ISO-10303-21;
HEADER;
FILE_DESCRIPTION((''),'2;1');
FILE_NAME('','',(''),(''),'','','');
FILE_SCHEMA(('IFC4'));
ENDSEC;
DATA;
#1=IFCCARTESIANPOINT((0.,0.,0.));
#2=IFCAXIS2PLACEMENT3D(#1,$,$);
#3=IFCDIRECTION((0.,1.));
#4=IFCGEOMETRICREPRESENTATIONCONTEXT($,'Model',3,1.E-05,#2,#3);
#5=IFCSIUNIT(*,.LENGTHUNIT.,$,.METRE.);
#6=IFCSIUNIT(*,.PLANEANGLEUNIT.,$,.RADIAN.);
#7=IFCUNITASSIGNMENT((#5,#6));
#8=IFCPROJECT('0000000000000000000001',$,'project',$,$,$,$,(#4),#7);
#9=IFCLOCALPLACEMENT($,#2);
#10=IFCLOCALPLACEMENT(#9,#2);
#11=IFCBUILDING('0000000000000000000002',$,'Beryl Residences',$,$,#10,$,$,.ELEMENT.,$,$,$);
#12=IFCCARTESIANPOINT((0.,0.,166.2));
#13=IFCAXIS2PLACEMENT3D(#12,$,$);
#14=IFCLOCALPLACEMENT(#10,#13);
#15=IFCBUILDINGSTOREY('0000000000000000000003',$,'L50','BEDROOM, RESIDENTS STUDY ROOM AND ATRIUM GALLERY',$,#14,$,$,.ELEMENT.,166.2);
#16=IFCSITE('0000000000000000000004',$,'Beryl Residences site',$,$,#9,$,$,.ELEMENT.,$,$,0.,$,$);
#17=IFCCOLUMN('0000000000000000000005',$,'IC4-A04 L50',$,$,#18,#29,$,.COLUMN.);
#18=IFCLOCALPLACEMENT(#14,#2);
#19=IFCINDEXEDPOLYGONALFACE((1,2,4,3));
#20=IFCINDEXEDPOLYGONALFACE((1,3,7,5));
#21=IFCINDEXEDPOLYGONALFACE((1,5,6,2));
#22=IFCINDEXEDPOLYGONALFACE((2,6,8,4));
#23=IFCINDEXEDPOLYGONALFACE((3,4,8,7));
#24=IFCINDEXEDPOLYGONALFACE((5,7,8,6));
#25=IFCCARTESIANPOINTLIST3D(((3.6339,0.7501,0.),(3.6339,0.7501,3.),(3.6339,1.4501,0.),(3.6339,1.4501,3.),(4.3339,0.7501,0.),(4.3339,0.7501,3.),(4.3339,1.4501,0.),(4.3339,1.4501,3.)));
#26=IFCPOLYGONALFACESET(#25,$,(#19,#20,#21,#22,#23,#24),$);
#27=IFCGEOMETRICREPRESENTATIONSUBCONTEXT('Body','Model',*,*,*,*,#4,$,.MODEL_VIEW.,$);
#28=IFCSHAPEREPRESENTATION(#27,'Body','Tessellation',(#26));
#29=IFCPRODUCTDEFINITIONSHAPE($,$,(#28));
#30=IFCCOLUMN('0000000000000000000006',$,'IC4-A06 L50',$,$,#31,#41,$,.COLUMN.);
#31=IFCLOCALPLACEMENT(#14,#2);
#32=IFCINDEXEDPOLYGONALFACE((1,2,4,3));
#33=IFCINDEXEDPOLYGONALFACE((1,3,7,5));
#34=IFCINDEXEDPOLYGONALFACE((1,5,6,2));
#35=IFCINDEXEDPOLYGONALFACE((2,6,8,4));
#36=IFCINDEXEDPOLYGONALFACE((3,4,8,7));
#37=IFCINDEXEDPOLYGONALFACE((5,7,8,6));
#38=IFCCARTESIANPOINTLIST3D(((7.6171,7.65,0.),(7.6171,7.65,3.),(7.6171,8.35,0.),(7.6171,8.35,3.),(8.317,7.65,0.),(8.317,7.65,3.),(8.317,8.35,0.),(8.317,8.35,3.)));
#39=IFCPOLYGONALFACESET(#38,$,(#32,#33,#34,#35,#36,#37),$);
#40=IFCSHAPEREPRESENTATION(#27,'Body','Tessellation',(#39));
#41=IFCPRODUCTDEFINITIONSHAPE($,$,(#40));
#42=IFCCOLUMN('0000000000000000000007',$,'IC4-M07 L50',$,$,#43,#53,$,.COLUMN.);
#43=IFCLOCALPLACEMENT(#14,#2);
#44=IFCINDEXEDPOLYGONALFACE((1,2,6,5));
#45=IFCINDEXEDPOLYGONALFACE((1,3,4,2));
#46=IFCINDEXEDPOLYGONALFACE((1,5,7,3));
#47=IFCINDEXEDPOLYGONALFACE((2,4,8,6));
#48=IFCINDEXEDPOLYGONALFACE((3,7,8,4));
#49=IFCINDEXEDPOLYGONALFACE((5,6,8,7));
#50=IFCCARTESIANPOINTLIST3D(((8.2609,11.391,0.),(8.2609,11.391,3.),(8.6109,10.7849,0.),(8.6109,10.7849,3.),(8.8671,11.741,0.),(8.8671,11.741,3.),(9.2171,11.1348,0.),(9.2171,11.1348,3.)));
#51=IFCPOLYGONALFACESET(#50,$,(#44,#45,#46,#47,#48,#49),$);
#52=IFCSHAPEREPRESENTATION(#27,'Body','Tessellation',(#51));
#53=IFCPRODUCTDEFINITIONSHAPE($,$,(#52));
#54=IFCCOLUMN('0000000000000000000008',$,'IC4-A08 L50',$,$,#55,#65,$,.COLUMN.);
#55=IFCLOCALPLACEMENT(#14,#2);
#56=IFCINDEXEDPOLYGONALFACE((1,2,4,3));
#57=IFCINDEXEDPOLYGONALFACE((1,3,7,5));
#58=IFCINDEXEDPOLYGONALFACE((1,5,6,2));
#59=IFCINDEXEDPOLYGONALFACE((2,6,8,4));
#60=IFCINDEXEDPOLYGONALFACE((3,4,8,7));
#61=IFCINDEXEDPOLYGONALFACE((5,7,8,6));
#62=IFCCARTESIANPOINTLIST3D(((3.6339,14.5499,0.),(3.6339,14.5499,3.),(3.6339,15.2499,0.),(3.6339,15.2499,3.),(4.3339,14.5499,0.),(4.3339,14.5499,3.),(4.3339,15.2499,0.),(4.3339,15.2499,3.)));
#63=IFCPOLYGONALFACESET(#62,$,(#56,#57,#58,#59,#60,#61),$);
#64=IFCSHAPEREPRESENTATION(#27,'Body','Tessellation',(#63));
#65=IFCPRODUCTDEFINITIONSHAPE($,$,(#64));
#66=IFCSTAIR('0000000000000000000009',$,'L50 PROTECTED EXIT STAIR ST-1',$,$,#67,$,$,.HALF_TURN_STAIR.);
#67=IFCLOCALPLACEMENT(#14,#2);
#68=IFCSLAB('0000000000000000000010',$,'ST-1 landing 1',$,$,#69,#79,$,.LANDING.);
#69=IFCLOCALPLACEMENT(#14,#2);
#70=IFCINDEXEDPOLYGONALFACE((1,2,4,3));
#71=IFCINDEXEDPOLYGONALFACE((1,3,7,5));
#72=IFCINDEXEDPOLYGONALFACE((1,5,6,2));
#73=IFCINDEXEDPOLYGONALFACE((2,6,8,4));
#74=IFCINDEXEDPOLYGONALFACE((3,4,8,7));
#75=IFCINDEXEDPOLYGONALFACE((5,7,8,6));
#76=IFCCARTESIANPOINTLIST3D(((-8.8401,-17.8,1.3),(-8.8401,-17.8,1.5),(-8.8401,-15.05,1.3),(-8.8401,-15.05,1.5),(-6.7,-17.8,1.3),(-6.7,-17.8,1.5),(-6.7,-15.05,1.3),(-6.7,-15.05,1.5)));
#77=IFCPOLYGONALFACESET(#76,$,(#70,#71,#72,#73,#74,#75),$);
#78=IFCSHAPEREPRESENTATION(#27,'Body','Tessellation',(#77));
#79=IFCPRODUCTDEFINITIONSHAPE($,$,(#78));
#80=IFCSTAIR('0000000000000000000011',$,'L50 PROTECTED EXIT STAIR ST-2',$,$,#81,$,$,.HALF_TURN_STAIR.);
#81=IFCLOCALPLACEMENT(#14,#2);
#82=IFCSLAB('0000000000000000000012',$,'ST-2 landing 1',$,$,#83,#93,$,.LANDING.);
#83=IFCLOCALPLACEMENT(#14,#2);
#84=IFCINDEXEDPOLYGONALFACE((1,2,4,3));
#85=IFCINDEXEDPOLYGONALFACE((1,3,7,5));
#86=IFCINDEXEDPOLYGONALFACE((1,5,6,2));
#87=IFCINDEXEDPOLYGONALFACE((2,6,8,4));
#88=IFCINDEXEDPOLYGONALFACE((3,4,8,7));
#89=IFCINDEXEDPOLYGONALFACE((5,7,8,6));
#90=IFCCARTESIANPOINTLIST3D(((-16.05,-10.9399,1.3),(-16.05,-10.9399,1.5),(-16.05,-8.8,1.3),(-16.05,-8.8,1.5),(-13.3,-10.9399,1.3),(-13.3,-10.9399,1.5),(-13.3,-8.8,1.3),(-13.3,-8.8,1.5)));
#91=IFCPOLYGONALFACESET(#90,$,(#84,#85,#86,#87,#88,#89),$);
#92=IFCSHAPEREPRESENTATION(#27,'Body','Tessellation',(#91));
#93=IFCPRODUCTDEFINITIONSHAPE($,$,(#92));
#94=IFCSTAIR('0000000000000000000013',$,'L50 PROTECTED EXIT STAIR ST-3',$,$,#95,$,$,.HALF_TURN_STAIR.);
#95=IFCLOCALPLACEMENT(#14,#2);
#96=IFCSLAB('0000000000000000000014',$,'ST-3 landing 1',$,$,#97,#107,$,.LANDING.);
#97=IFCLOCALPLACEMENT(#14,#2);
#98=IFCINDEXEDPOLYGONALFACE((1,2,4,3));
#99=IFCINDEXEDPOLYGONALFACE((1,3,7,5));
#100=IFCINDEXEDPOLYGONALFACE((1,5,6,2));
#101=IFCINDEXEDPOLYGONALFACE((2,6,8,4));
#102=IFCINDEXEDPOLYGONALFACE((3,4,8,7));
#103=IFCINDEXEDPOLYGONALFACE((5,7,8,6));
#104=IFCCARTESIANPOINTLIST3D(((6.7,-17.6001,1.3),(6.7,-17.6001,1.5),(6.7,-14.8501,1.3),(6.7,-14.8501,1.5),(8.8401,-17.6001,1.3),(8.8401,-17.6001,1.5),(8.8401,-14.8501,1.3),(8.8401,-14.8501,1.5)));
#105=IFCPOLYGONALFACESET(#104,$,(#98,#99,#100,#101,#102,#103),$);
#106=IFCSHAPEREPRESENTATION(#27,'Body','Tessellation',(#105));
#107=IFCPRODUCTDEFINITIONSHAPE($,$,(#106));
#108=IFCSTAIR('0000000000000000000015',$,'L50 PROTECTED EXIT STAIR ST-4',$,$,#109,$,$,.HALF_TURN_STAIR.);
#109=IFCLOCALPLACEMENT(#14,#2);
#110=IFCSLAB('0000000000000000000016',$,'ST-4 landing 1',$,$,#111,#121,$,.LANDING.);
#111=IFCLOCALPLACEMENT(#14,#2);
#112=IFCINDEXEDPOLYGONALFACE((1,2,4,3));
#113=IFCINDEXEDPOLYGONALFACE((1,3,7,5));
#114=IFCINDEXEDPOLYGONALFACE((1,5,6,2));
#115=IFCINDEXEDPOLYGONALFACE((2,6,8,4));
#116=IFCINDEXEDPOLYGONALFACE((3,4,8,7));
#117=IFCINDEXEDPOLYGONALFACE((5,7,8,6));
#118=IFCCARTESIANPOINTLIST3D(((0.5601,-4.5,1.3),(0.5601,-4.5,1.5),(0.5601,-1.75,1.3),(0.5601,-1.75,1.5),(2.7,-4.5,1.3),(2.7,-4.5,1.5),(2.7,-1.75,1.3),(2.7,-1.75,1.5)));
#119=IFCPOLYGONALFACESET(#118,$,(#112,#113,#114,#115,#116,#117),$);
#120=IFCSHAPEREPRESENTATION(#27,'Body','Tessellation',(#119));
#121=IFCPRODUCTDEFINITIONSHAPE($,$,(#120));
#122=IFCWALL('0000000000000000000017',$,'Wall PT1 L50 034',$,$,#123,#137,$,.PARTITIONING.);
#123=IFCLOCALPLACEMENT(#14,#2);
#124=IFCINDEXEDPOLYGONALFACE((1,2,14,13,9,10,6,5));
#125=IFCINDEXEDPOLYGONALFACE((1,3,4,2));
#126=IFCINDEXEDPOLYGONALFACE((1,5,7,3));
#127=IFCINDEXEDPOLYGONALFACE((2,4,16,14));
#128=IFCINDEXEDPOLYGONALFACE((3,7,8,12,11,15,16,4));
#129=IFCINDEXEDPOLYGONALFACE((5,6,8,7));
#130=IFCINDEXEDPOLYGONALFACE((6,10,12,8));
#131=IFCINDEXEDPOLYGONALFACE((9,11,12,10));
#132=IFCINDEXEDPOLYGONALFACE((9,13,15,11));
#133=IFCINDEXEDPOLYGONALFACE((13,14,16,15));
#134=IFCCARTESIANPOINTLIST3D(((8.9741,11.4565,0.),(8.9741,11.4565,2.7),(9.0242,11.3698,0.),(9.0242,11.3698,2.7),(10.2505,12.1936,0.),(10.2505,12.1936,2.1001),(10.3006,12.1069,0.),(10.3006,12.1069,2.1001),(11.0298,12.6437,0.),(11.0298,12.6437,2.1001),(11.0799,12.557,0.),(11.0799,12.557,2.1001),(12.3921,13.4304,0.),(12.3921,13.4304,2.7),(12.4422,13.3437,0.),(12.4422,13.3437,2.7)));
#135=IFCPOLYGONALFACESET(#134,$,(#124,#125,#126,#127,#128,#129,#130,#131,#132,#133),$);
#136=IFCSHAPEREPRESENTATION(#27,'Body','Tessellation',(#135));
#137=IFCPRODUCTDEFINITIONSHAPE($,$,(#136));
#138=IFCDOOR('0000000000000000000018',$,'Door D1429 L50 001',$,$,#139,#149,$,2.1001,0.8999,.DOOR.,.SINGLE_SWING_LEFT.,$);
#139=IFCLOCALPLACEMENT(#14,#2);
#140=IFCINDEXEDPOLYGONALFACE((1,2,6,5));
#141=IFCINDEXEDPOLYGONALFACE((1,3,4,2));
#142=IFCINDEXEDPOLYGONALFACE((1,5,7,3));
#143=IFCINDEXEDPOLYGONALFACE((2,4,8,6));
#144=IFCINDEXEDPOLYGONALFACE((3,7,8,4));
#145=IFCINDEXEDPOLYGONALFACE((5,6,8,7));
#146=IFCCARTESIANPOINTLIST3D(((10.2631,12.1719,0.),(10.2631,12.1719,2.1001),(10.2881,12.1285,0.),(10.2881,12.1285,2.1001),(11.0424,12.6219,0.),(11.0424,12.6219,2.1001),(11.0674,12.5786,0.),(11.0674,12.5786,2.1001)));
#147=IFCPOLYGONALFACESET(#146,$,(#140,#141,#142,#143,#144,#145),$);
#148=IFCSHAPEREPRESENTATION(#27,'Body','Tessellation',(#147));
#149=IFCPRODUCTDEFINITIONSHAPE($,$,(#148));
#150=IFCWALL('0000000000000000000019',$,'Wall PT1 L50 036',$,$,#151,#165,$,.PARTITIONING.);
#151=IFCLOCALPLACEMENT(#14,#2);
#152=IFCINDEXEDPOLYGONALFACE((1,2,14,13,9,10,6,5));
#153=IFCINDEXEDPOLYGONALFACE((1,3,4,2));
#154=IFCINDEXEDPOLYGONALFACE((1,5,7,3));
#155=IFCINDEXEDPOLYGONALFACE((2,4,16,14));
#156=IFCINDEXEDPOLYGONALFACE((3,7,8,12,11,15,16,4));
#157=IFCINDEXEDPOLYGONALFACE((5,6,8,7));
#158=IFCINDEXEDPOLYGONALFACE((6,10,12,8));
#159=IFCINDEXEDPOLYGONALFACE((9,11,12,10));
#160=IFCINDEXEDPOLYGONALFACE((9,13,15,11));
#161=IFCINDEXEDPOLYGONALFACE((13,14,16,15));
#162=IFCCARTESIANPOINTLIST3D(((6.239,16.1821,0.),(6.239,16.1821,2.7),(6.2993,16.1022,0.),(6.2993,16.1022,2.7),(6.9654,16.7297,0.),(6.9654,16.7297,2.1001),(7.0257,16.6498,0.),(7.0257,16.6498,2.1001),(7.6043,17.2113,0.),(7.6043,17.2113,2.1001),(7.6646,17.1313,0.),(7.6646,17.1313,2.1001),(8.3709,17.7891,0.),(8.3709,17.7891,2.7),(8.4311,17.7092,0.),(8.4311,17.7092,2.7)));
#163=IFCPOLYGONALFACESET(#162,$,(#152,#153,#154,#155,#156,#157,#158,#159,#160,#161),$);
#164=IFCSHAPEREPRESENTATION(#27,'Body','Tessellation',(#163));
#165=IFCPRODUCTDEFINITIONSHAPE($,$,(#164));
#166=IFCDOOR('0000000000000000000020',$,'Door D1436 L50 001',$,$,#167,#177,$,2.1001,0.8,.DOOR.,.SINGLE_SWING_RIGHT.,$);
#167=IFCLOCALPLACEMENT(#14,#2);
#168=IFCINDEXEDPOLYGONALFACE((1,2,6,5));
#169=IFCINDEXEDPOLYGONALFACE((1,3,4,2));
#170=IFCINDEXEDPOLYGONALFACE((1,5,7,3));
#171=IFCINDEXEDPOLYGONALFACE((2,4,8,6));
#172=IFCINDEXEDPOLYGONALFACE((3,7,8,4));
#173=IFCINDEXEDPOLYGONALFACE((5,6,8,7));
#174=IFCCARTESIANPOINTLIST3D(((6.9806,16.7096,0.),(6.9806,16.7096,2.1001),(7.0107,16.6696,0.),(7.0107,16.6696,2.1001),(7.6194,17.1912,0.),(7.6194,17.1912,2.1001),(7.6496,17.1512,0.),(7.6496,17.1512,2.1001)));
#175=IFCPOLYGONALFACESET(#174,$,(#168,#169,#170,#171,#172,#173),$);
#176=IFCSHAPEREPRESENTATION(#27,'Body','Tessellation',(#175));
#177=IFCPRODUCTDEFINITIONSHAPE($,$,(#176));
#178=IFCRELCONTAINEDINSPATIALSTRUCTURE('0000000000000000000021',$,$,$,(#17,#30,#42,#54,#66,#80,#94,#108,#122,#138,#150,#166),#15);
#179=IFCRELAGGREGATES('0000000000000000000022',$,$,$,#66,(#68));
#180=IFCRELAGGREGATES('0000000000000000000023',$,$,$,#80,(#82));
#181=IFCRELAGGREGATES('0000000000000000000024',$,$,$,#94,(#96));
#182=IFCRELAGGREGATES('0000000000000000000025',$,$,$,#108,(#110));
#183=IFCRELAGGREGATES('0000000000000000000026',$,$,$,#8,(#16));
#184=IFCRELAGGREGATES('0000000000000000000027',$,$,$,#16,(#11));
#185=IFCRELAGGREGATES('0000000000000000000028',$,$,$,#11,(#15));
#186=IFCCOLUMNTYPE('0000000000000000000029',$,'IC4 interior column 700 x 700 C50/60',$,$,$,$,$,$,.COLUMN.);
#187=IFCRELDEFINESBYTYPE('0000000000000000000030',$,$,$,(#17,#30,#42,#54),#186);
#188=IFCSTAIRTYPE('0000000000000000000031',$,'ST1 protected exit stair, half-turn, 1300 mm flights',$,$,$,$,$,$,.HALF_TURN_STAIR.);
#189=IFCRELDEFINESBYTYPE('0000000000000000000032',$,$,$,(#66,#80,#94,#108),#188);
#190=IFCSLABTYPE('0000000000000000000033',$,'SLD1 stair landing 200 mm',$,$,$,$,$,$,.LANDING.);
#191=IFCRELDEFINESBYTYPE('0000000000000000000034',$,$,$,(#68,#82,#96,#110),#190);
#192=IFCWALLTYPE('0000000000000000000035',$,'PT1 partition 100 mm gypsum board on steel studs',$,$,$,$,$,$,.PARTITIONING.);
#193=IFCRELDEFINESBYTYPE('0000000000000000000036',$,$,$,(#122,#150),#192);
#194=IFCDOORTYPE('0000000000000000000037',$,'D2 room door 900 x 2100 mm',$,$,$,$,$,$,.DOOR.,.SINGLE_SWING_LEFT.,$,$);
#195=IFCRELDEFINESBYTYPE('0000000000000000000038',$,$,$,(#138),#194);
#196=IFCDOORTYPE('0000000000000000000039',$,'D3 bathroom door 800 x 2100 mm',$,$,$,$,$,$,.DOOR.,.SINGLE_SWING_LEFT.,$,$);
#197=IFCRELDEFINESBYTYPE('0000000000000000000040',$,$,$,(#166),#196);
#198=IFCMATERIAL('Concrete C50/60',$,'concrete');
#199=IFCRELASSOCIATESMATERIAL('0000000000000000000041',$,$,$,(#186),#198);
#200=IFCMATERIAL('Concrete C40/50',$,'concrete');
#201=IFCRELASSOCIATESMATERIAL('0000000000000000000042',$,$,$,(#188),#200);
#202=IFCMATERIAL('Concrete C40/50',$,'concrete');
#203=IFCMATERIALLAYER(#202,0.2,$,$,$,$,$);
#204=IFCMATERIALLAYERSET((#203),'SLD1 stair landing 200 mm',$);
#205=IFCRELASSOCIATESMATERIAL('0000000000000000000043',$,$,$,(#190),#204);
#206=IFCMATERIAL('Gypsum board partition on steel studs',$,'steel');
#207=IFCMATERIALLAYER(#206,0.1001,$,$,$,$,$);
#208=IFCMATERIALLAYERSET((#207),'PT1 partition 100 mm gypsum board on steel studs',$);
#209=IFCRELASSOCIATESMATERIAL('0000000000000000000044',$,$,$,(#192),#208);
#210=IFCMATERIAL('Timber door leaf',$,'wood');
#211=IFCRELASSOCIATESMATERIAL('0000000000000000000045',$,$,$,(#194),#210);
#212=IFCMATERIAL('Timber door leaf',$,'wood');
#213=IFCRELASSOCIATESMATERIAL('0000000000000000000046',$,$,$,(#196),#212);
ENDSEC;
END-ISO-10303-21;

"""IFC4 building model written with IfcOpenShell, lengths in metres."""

from ifc_helpers import new_model, si_unit, direction, frame, frame_2d, origin, origin_2d, place, context, subcontext, project, spatial, polyline, rectangle, outline, extrude, material, layer, layer_set, material_profile, profile_set, type_object, element, fill, aggregate, save


model = new_model("IFC4")

# Units and contexts
model_context = context("Model", 3, precision=1e-05, world=origin(), true_north=direction((0.0, 1.0)))
body_context = subcontext(model_context, "Body", "Model", "MODEL_VIEW")
ifc_project = project(units=[si_unit("LENGTHUNIT", "METRE"), si_unit("PLANEANGLEUNIT", "RADIAN")], contexts=[model_context])

# Site, building, storey
site_placement = place(None, origin())
site = spatial("IfcSite", under=ifc_project, at=site_placement, Name="Beryl Residences site", CompositionType="ELEMENT", RefElevation=0.0)
building_placement = place(site_placement, origin())
building = spatial("IfcBuilding", under=site, at=building_placement, Name="Beryl Residences", CompositionType="ELEMENT")
storey_placement = place(building_placement, frame((0.0, 0.0, 166.2)))
storey = spatial("IfcBuildingStorey", under=building, at=storey_placement, Name="L50", Description="BEDROOM, RESIDENTS STUDY ROOM AND ATRIUM GALLERY", CompositionType="ELEMENT", Elevation=166.2)

# Columns
ifc_material_1 = material(Name="Concrete C50/60", Category="concrete")
ifc_material_profile = material_profile(ifc_material_1, rectangle(XDim=0.7, YDim=0.7, at=origin_2d()))
ifc_profile_set = profile_set([ifc_material_profile], Name="Concrete C50/60")
column_type = type_object("IfcColumnType", Name="IC4 interior column 700 x 700 C50/60", PredefinedType="COLUMN", material=ifc_profile_set)
for number, where, z_axis, x_axis, name in (
    (1, (3.9839, 1.1001, 0.0), (0.0, 0.0, 1.0), (1.0, 0.0, 0.0), "IC4-A04 L50"),
    (2, (7.967, 8.0, 0.0), (0.0, 0.0, 1.0), (1.0, 0.0, 0.0), "IC4-A06 L50"),
    (3, (8.739, 11.2629, 0.0), (0.0, 0.0, 1.0), (-0.5, 0.866025, 0.0), "IC4-M07 L50"),
    (4, (3.9839, 14.8999, 0.0), (0.0, 0.0, 1.0), (1.0, 0.0, 0.0), "IC4-A08 L50"),
):
    element("IfcColumn", number, at=place(storey_placement, frame(where, z_axis=z_axis, x_axis=x_axis)), inside=storey, type_object=column_type, Name=name, PredefinedType="COLUMN", context=body_context, shape_type="SweptSolid", body=[
        extrude(rectangle(XDim=0.7, YDim=0.7, at=origin_2d()), origin(), (0.0, 0.0, 1.0), 3.0),
    ])

# Stairs, slabs
ifc_material_2 = material(Name="Concrete C40/50", Category="concrete")
stair_type = type_object("IfcStairType", Name="ST1 protected exit stair, half-turn, 1300 mm flights", PredefinedType="HALF_TURN_STAIR", material=ifc_material_2)
stair_1_placement = place(storey_placement, origin())
stair_1 = element("IfcStair", 5, at=stair_1_placement, inside=storey, type_object=stair_type, Name="L50 PROTECTED EXIT STAIR ST-1", PredefinedType="HALF_TURN_STAIR")
ifc_material_3 = material(Name="Concrete C40/50", Category="concrete")
ifc_layer_1 = layer(ifc_material_3, 0.2)
ifc_layer_set_1 = layer_set([ifc_layer_1], Name="SLD1 stair landing 200 mm")
slab_type_1 = type_object("IfcSlabType", Name="SLD1 stair landing 200 mm", PredefinedType="LANDING", material=ifc_layer_set_1)
slab_1_placement = place(storey_placement, frame((0.0, 0.0, 1.3)))
slab_1 = element("IfcSlab", 6, at=slab_1_placement, type_object=slab_type_1, Name="ST-1 landing 1", PredefinedType="LANDING", context=body_context, shape_type="SweptSolid", body=[
    extrude(outline(polyline([(-8.8401, -17.8), (-6.7, -17.8), (-6.7, -15.05), (-8.8401, -15.05), (-8.8401, -17.8)])), origin(), (0.0, 0.0, 1.0), 0.2),
])
aggregate(stair_1, [slab_1])
stair_2_placement = place(storey_placement, origin())
stair_2 = element("IfcStair", 7, at=stair_2_placement, inside=storey, type_object=stair_type, Name="L50 PROTECTED EXIT STAIR ST-2", PredefinedType="HALF_TURN_STAIR")
slab_2_placement = place(storey_placement, frame((0.0, 0.0, 1.3)))
slab_2 = element("IfcSlab", 8, at=slab_2_placement, type_object=slab_type_1, Name="ST-2 landing 1", PredefinedType="LANDING", context=body_context, shape_type="SweptSolid", body=[
    extrude(outline(polyline([(-13.3, -10.9399), (-13.3, -8.8), (-16.05, -8.8), (-16.05, -10.9399), (-13.3, -10.9399)])), origin(), (0.0, 0.0, 1.0), 0.2),
])
aggregate(stair_2, [slab_2])
stair_3_placement = place(storey_placement, origin())
stair_3 = element("IfcStair", 9, at=stair_3_placement, inside=storey, type_object=stair_type, Name="L50 PROTECTED EXIT STAIR ST-3", PredefinedType="HALF_TURN_STAIR")
slab_3_placement = place(storey_placement, frame((0.0, 0.0, 1.3)))
slab_3 = element("IfcSlab", 10, at=slab_3_placement, type_object=slab_type_1, Name="ST-3 landing 1", PredefinedType="LANDING", context=body_context, shape_type="SweptSolid", body=[
    extrude(outline(polyline([(8.8401, -14.8501), (6.7, -14.8501), (6.7, -17.6001), (8.8401, -17.6001), (8.8401, -14.8501)])), origin(), (0.0, 0.0, 1.0), 0.2),
])
aggregate(stair_3, [slab_3])
stair_4_placement = place(storey_placement, origin())
stair_4 = element("IfcStair", 11, at=stair_4_placement, inside=storey, type_object=stair_type, Name="L50 PROTECTED EXIT STAIR ST-4", PredefinedType="HALF_TURN_STAIR")
slab_4_placement = place(storey_placement, frame((0.0, 0.0, 1.3)))
slab_4 = element("IfcSlab", 12, at=slab_4_placement, type_object=slab_type_1, Name="ST-4 landing 1", PredefinedType="LANDING", context=body_context, shape_type="SweptSolid", body=[
    extrude(outline(polyline([(0.5601, -4.5), (2.7, -4.5), (2.7, -1.75), (0.5601, -1.75), (0.5601, -4.5)])), origin(), (0.0, 0.0, 1.0), 0.2),
])
aggregate(stair_4, [slab_4])

# Walls, openings, doors
ifc_material_4 = material(Name="Gypsum board partition on steel studs", Category="steel")
ifc_layer_2 = layer(ifc_material_4, 0.1001)
ifc_layer_set_2 = layer_set([ifc_layer_2], Name="PT1 partition 100 mm gypsum board on steel studs")
wall_type_1 = type_object("IfcWallType", Name="PT1 partition 100 mm gypsum board on steel studs", PredefinedType="PARTITIONING", material=ifc_layer_set_2)
wall_1_placement = place(storey_placement, frame((8.999, 11.4131, 0.0), z_axis=(0.0, 0.0, 1.0), x_axis=(0.865969, 0.500097, 0.0)))
wall_1 = element("IfcWall", 13, at=wall_1_placement, inside=storey, type_object=wall_type_1, Name="Wall PT1 L50 034", PredefinedType="PARTITIONING", context=body_context, shape_type="SweptSolid", body=[
    extrude(rectangle(XDim=3.947, YDim=0.1001, at=frame_2d((1.9736, 0.0))), origin(), (0.0, 0.0, 1.0), 2.7),
])
opening_1_placement = place(wall_1_placement, frame((1.4741, 0.0, 0.0)))
opening_1 = element("IfcOpeningElement", 14, at=opening_1_placement, cuts=wall_1, PredefinedType="OPENING", context=body_context, shape_type="SweptSolid", body=[
    extrude(rectangle(XDim=0.8999, YDim=2.1001, at=frame_2d((0.45, 1.05))), frame((0.0, 0.0601, 0.0), z_axis=(0.0, -1.0, 0.0), x_axis=(1.0, 0.0, 0.0)), (0.0, 0.0, 1.0), 0.1201),
])
ifc_material_5 = material(Name="Timber door leaf", Category="wood")
door_type_1 = type_object("IfcDoorType", Name="D2 room door 900 x 2100 mm", OperationType="SINGLE_SWING_LEFT", PredefinedType="DOOR", material=ifc_material_5)
door_1_placement = place(opening_1_placement, origin())
door_1 = element("IfcDoor", 15, at=door_1_placement, inside=storey, type_object=door_type_1, Name="Door D1429 L50 001", OperationType="SINGLE_SWING_LEFT", OverallHeight=2.1001, OverallWidth=0.8999, PredefinedType="DOOR", context=body_context, shape_type="SweptSolid", body=[
    extrude(rectangle(XDim=0.8999, YDim=2.1001, at=frame_2d((0.45, 1.05))), frame((0.0, 0.0249, 0.0), z_axis=(0.0, -1.0, 0.0), x_axis=(1.0, 0.0, 0.0)), (0.0, 0.0, 1.0), 0.05),
])
fill(opening_1, door_1)
wall_2_placement = place(storey_placement, frame((6.269, 16.1421, 0.0), z_axis=(0.0, 0.0, 1.0), x_axis=(0.798549, 0.60193, 0.0)))
wall_2 = element("IfcWall", 16, at=wall_2_placement, inside=storey, type_object=wall_type_1, Name="Wall PT1 L50 036", PredefinedType="PARTITIONING", context=body_context, shape_type="SweptSolid", body=[
    extrude(rectangle(XDim=2.6697, YDim=0.1001, at=frame_2d((1.335, 0.0))), origin(), (0.0, 0.0, 1.0), 2.7),
])
opening_2_placement = place(wall_2_placement, frame((0.9099, 0.0, 0.0)))
opening_2 = element("IfcOpeningElement", 17, at=opening_2_placement, cuts=wall_2, PredefinedType="OPENING", context=body_context, shape_type="SweptSolid", body=[
    extrude(rectangle(XDim=0.8, YDim=2.1001, at=frame_2d((0.3999, 1.05))), frame((0.0, 0.0601, 0.0), z_axis=(0.0, -1.0, 0.0), x_axis=(1.0, 0.0, 0.0)), (0.0, 0.0, 1.0), 0.1201),
])
ifc_material_6 = material(Name="Timber door leaf", Category="wood")
door_type_2 = type_object("IfcDoorType", Name="D3 bathroom door 800 x 2100 mm", OperationType="SINGLE_SWING_LEFT", PredefinedType="DOOR", material=ifc_material_6)
door_2_placement = place(opening_2_placement, origin())
door_2 = element("IfcDoor", 18, at=door_2_placement, inside=storey, type_object=door_type_2, Name="Door D1436 L50 001", OperationType="SINGLE_SWING_RIGHT", OverallHeight=2.1001, OverallWidth=0.8, PredefinedType="DOOR", context=body_context, shape_type="SweptSolid", body=[
    extrude(rectangle(XDim=0.8, YDim=2.1001, at=frame_2d((0.3999, 1.05))), frame((0.0, 0.0249, 0.0), z_axis=(0.0, -1.0, 0.0), x_axis=(1.0, 0.0, 0.0)), (0.0, 0.0, 1.0), 0.05),
])
fill(opening_2, door_2)

save(model, "model.ifc")
